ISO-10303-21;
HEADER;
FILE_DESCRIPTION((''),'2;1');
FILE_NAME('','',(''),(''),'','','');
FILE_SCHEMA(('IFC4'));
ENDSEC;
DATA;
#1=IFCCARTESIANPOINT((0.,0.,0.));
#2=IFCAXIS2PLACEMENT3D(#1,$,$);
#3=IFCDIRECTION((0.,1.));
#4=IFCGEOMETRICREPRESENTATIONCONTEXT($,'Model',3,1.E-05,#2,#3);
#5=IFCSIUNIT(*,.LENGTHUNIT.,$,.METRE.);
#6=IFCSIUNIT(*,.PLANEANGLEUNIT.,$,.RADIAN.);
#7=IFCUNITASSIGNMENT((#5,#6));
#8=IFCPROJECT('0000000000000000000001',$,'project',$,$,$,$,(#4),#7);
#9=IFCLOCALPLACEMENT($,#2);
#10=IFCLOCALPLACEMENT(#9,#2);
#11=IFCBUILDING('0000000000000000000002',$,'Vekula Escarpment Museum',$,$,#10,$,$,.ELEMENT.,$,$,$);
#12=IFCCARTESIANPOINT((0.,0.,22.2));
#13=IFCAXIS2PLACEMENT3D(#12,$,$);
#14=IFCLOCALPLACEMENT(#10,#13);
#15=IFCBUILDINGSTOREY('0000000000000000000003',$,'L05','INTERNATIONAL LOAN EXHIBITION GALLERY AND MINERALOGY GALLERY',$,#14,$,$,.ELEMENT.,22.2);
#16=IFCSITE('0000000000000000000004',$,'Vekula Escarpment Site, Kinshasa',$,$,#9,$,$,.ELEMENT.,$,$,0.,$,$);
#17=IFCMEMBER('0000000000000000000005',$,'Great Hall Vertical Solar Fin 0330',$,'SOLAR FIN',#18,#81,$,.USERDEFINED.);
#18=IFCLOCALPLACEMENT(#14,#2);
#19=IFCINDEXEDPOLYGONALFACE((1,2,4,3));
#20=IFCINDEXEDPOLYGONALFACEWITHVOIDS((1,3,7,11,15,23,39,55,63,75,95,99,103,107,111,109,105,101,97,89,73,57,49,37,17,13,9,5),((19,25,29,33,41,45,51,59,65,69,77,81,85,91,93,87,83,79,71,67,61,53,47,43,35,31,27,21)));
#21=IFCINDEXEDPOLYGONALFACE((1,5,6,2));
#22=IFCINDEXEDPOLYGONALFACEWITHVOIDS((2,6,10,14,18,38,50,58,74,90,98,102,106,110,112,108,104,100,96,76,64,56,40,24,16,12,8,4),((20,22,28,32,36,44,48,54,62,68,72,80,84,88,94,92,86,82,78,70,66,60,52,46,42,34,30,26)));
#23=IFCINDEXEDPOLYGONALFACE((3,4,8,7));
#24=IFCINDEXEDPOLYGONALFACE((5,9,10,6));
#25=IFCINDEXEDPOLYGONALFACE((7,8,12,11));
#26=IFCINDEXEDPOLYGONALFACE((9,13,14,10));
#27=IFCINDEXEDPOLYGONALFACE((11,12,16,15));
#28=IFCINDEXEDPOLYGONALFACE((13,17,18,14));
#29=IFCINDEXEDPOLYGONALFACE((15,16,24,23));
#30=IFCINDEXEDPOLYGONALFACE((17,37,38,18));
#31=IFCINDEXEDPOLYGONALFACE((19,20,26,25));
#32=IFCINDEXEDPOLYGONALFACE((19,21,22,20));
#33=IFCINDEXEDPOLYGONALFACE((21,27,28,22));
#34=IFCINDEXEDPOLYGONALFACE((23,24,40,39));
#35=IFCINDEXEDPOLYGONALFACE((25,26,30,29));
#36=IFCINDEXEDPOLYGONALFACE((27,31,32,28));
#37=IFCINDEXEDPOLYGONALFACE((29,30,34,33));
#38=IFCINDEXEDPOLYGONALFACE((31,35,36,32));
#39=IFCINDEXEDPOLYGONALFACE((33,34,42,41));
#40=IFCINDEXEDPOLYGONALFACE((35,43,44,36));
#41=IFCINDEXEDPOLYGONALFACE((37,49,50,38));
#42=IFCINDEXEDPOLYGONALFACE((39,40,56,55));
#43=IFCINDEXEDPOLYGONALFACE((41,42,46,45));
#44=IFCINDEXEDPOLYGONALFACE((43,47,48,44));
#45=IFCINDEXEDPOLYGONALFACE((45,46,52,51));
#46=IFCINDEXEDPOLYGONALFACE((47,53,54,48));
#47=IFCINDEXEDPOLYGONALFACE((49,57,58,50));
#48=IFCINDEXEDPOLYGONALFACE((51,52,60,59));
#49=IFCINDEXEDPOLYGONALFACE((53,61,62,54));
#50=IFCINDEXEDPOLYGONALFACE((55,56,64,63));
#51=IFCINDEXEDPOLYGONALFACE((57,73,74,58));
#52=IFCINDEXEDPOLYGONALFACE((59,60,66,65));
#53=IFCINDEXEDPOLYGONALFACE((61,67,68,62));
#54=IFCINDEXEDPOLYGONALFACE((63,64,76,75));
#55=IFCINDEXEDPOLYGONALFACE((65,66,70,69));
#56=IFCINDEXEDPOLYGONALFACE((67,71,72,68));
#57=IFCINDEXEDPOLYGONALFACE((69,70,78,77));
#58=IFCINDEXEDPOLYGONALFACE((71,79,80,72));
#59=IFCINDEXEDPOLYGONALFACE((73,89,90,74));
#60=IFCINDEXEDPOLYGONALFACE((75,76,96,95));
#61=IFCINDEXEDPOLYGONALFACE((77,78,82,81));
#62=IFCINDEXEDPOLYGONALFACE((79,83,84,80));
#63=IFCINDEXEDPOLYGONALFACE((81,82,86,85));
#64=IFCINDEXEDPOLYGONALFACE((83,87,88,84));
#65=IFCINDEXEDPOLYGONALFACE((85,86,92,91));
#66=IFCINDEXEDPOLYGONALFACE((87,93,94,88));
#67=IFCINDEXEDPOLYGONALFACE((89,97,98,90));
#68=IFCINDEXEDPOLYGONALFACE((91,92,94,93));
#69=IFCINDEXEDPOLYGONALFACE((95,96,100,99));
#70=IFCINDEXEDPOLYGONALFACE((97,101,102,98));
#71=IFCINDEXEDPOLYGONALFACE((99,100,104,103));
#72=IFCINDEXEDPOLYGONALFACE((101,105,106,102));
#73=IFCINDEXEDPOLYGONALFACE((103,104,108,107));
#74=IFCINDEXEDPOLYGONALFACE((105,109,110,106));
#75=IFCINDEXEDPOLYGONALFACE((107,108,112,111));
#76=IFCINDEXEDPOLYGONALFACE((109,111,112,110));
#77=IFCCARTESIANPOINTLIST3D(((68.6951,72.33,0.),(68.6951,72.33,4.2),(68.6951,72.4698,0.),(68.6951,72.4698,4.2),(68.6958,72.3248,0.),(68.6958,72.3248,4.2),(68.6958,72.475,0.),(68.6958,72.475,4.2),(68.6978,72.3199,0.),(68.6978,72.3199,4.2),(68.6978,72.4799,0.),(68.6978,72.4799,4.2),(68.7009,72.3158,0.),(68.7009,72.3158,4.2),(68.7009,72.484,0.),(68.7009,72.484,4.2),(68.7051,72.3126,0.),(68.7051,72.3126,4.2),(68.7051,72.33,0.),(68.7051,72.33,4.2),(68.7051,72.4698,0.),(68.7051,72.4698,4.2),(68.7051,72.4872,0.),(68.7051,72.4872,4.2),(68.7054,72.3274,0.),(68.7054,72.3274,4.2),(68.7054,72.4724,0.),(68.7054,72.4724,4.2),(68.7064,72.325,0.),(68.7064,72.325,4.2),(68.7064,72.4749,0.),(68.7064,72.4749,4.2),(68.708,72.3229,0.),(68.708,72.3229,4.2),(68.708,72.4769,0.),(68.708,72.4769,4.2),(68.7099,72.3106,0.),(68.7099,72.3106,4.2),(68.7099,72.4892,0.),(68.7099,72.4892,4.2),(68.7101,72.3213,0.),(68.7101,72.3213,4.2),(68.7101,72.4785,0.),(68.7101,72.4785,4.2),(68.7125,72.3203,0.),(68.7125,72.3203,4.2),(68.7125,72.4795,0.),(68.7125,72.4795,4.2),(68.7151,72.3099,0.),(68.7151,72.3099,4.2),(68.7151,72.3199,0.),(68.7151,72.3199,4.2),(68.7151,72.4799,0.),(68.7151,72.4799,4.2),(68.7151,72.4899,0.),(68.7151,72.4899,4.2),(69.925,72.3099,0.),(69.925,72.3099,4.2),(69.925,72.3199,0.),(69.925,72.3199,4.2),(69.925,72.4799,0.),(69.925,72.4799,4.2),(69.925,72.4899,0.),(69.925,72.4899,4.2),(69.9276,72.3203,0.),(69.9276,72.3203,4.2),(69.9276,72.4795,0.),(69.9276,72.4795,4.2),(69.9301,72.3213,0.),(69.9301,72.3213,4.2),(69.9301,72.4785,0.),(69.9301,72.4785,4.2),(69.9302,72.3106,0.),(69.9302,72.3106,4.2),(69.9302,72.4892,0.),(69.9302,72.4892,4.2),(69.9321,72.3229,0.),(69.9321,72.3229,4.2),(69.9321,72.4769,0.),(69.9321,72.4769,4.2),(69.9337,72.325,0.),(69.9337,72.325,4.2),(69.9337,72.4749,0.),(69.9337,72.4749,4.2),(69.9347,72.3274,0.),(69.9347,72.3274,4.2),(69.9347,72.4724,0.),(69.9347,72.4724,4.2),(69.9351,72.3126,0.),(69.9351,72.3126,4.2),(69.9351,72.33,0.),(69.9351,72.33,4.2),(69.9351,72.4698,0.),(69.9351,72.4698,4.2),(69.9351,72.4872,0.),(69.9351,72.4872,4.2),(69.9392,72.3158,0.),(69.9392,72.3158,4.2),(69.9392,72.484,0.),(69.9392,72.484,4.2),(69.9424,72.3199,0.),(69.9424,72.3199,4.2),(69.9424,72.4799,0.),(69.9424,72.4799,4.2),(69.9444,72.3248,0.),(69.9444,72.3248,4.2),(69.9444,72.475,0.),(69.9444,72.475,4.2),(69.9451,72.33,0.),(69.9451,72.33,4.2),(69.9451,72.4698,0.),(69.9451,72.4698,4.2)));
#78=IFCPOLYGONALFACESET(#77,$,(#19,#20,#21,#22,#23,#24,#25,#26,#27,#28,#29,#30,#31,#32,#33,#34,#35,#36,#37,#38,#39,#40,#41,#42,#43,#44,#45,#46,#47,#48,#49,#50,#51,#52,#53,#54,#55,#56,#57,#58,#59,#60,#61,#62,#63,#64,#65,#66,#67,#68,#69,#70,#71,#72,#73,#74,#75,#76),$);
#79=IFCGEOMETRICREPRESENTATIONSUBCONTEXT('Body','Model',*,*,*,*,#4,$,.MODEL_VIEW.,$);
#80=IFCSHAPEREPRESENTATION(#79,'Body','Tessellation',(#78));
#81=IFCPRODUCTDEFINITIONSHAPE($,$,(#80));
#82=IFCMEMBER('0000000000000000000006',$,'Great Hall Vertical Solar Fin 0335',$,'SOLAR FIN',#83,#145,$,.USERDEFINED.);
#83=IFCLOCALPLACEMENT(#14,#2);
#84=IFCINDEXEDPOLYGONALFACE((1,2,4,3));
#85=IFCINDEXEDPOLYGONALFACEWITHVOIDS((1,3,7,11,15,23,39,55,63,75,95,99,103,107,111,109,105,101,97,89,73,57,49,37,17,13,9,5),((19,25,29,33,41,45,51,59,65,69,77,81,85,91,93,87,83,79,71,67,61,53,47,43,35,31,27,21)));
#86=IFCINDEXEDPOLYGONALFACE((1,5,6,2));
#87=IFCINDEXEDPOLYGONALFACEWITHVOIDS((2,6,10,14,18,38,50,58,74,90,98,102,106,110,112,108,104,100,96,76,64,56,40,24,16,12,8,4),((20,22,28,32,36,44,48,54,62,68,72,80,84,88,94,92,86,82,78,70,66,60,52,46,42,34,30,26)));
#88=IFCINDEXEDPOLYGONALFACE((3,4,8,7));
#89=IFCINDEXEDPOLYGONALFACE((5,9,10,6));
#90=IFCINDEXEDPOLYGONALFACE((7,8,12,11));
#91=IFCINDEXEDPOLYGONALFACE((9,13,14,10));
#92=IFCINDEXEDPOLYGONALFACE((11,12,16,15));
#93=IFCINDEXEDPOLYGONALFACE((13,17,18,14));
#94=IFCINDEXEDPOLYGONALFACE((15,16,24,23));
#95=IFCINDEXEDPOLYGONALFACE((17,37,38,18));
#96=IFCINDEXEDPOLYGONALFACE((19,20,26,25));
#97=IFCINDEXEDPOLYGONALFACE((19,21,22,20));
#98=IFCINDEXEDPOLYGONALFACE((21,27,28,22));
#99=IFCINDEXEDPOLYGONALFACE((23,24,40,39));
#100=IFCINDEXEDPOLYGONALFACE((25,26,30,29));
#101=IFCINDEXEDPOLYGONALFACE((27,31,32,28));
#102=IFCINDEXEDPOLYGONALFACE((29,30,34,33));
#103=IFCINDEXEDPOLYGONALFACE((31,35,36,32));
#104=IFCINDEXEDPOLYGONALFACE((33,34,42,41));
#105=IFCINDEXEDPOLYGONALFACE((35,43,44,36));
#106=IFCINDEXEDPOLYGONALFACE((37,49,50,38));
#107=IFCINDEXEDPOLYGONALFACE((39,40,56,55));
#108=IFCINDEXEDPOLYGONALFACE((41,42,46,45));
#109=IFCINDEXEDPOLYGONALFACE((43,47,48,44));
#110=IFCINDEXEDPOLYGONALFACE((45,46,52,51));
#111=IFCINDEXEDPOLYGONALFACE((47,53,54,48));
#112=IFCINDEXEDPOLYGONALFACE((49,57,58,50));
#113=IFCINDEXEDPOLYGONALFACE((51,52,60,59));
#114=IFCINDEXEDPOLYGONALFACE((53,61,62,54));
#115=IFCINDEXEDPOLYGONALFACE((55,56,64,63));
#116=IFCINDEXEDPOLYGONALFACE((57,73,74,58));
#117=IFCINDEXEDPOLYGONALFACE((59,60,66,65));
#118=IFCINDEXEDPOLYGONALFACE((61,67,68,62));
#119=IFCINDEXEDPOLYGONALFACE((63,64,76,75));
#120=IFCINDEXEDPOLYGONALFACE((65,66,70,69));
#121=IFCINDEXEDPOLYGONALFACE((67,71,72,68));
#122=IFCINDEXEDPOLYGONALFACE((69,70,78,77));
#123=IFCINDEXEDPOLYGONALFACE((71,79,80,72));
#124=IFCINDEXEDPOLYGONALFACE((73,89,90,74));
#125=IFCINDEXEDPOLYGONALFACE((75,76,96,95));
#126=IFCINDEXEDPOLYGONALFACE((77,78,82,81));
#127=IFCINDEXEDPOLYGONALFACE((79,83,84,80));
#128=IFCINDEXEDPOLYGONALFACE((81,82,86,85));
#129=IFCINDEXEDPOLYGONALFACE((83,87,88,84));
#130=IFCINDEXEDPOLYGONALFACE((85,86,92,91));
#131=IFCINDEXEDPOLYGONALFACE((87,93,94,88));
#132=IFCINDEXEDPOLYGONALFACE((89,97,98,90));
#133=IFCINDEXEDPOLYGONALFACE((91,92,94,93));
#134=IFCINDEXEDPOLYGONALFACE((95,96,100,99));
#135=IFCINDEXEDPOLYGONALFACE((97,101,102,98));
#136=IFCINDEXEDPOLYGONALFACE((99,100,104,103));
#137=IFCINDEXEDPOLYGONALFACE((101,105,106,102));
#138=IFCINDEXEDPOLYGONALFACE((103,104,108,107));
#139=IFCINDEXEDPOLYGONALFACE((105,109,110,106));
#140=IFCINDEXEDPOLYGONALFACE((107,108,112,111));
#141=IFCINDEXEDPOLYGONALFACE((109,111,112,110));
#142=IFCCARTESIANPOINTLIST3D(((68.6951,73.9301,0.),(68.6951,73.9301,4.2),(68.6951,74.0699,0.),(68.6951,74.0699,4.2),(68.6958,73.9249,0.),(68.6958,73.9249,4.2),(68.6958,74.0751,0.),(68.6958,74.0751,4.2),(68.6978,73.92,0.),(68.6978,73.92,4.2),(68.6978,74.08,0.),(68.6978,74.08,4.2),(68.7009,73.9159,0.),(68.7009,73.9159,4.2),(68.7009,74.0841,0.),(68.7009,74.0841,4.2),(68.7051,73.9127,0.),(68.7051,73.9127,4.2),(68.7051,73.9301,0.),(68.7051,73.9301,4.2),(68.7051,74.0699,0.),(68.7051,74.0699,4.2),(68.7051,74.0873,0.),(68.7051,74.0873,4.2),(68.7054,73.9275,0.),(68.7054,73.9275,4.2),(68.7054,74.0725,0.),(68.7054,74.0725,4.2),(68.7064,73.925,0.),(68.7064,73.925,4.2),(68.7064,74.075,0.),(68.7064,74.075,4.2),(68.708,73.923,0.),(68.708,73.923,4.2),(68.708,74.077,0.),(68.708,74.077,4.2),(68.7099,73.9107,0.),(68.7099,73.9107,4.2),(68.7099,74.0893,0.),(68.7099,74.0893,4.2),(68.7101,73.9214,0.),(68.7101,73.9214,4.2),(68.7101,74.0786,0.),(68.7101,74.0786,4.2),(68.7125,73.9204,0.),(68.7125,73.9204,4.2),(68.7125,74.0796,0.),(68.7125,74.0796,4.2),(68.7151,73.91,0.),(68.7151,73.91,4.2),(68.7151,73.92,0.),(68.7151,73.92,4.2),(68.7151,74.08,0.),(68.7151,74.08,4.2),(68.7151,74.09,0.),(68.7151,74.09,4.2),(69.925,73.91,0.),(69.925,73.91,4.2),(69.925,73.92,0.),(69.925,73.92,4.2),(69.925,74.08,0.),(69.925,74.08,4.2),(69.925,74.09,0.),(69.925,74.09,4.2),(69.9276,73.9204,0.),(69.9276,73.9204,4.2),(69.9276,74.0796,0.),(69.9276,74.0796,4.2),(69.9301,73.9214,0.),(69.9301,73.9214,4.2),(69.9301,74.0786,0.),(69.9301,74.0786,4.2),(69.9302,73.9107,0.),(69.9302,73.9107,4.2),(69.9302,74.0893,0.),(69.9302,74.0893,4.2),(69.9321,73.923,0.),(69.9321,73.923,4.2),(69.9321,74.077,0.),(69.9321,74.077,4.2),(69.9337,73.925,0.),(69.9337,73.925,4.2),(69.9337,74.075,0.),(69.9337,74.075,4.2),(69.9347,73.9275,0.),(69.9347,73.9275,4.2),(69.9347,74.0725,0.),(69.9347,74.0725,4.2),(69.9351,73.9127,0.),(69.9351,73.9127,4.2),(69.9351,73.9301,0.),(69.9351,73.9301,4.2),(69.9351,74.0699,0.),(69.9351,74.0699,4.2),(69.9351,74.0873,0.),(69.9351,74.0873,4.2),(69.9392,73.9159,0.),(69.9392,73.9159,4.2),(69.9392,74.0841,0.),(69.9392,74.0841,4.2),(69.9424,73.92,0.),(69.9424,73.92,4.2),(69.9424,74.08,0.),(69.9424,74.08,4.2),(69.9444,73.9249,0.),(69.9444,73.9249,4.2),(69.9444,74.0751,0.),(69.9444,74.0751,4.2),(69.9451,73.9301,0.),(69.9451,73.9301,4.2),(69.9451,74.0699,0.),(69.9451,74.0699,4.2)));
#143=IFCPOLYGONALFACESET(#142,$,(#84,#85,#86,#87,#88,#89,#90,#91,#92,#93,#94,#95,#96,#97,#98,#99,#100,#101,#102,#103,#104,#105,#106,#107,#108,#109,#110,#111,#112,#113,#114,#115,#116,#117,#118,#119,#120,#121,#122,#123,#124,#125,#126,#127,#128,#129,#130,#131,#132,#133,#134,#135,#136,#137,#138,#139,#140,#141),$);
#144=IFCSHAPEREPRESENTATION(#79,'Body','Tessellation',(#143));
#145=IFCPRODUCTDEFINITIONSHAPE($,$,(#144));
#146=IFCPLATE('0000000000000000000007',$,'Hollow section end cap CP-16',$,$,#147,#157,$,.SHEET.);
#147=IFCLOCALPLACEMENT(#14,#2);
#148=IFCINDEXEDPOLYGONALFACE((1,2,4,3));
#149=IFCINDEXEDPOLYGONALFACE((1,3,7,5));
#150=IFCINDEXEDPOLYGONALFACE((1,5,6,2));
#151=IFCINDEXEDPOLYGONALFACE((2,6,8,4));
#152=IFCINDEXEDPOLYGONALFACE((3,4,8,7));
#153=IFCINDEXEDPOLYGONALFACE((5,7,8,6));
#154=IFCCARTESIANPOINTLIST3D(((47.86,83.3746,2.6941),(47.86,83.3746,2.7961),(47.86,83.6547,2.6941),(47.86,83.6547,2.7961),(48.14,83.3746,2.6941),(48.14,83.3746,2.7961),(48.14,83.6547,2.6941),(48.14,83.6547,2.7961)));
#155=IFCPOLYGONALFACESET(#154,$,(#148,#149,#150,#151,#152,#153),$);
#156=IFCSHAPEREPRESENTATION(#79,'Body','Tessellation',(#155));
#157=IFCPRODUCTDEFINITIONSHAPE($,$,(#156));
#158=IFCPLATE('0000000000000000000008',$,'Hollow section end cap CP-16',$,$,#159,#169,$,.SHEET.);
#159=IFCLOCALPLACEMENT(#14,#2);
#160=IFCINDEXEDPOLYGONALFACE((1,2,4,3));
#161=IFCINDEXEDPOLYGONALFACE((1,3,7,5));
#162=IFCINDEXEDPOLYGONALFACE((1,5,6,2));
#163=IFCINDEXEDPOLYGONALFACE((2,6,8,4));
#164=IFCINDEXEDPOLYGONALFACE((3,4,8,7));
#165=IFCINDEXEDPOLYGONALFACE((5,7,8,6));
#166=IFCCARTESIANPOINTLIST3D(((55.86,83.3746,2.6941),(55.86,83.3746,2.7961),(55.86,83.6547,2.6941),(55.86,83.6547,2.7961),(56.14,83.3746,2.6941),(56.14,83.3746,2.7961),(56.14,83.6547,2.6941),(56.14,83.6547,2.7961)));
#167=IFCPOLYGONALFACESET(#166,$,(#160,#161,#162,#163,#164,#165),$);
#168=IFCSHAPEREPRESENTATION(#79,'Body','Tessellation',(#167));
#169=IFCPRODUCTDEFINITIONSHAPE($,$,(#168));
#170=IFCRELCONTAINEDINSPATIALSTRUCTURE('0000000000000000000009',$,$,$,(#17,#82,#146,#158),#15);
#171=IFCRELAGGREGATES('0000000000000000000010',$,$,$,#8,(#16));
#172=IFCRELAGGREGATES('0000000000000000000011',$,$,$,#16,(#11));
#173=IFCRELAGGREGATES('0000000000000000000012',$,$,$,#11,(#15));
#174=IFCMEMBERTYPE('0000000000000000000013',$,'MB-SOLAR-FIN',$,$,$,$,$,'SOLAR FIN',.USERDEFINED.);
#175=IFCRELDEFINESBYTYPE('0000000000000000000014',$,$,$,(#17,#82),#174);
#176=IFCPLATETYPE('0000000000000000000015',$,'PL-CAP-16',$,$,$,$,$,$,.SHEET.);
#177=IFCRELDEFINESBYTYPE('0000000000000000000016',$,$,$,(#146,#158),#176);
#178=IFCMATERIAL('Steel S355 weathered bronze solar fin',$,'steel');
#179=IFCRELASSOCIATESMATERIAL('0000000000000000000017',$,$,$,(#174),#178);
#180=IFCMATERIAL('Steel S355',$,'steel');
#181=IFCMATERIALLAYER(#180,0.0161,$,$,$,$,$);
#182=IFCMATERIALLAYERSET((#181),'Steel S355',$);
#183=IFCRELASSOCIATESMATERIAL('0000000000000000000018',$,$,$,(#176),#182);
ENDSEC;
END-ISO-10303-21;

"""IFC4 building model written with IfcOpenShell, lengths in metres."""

from ifc_helpers import new_model, si_unit, direction, frame, origin, origin_2d, place, context, subcontext, project, spatial, rectangle, hollow_rectangle, extrude, material, layer, layer_set, material_profile, profile_set, type_object, element, save


model = new_model("IFC4")

# Units and contexts
model_context = context("Model", 3, precision=1e-05, world=origin(), true_north=direction((0.0, 1.0)))
body_context = subcontext(model_context, "Body", "Model", "MODEL_VIEW")
ifc_project = project(units=[si_unit("LENGTHUNIT", "METRE"), si_unit("PLANEANGLEUNIT", "RADIAN")], contexts=[model_context])

# Site, building, storey
site_placement = place(None, origin())
site = spatial("IfcSite", under=ifc_project, at=site_placement, Name="Vekula Escarpment Site, Kinshasa", CompositionType="ELEMENT", RefElevation=0.0)
building_placement = place(site_placement, origin())
building = spatial("IfcBuilding", under=site, at=building_placement, Name="Vekula Escarpment Museum", CompositionType="ELEMENT")
storey_placement = place(building_placement, frame((0.0, 0.0, 22.2)))
storey = spatial("IfcBuildingStorey", under=building, at=storey_placement, Name="L05", Description="INTERNATIONAL LOAN EXHIBITION GALLERY AND MINERALOGY GALLERY", CompositionType="ELEMENT", Elevation=22.2)

# Members
ifc_material_1 = material(Name="Steel S355 weathered bronze solar fin", Category="steel")
ifc_material_profile_1 = material_profile(ifc_material_1, hollow_rectangle(XDim=0.1799, YDim=1.25, WallThickness=0.01, InnerFilletRadius=0.01, OuterFilletRadius=0.02, at=origin_2d()), Name="RHS 1250x180x10")
ifc_profile_set_1 = profile_set([ifc_material_profile_1], Name="Steel S355 weathered bronze solar fin")
member_type_1 = type_object("IfcMemberType", Name="MB-SOLAR-FIN", ElementType="SOLAR FIN", PredefinedType="USERDEFINED", material=ifc_profile_set_1)
for number, where, z_axis, x_axis, name in (
    (1, (69.3201, 72.3999, 0.0), (0.0, 0.0, 1.0), (0.0, 1.0, 0.0), "Great Hall Vertical Solar Fin 0330"),
    (2, (69.3201, 74.0, 0.0), (0.0, 0.0, 1.0), (0.0, 1.0, 0.0), "Great Hall Vertical Solar Fin 0335"),
):
    element("IfcMember", number, at=place(storey_placement, frame(where, z_axis=z_axis, x_axis=x_axis)), inside=storey, type_object=member_type_1, Name=name, ObjectType="SOLAR FIN", PredefinedType="USERDEFINED", context=body_context, shape_type="SweptSolid", body=[
        extrude(hollow_rectangle(XDim=0.1799, YDim=1.25, WallThickness=0.01, InnerFilletRadius=0.01, OuterFilletRadius=0.02, at=origin_2d()), origin(), (0.0, 0.0, 1.0), 4.2),
    ])

# Plates
ifc_material_2 = material(Name="Steel S355", Category="steel")
ifc_layer_1 = layer(ifc_material_2, 0.0161)
ifc_layer_set_1 = layer_set([ifc_layer_1], Name="Steel S355")
plate_type = type_object("IfcPlateType", Name="PL-CAP-16", PredefinedType="SHEET", material=ifc_layer_set_1)
for number, where, z_axis, x_axis, name in (
    (3, (48.0, 83.5146, 2.6941), (0.0, 0.0, 1.0), (1.0, 0.0, 0.0), "Hollow section end cap CP-16"),
    (4, (56.0, 83.5146, 2.6941), (0.0, 0.0, 1.0), (1.0, 0.0, 0.0), "Hollow section end cap CP-16"),
):
    element("IfcPlate", number, at=place(storey_placement, frame(where, z_axis=z_axis, x_axis=x_axis)), inside=storey, type_object=plate_type, Name=name, PredefinedType="SHEET", context=body_context, shape_type="SweptSolid", body=[
        extrude(rectangle(XDim=0.28, YDim=0.28, at=origin_2d()), origin(), (0.0, 0.0, 1.0), 0.1021),
    ])

save(model, "model.ifc")
